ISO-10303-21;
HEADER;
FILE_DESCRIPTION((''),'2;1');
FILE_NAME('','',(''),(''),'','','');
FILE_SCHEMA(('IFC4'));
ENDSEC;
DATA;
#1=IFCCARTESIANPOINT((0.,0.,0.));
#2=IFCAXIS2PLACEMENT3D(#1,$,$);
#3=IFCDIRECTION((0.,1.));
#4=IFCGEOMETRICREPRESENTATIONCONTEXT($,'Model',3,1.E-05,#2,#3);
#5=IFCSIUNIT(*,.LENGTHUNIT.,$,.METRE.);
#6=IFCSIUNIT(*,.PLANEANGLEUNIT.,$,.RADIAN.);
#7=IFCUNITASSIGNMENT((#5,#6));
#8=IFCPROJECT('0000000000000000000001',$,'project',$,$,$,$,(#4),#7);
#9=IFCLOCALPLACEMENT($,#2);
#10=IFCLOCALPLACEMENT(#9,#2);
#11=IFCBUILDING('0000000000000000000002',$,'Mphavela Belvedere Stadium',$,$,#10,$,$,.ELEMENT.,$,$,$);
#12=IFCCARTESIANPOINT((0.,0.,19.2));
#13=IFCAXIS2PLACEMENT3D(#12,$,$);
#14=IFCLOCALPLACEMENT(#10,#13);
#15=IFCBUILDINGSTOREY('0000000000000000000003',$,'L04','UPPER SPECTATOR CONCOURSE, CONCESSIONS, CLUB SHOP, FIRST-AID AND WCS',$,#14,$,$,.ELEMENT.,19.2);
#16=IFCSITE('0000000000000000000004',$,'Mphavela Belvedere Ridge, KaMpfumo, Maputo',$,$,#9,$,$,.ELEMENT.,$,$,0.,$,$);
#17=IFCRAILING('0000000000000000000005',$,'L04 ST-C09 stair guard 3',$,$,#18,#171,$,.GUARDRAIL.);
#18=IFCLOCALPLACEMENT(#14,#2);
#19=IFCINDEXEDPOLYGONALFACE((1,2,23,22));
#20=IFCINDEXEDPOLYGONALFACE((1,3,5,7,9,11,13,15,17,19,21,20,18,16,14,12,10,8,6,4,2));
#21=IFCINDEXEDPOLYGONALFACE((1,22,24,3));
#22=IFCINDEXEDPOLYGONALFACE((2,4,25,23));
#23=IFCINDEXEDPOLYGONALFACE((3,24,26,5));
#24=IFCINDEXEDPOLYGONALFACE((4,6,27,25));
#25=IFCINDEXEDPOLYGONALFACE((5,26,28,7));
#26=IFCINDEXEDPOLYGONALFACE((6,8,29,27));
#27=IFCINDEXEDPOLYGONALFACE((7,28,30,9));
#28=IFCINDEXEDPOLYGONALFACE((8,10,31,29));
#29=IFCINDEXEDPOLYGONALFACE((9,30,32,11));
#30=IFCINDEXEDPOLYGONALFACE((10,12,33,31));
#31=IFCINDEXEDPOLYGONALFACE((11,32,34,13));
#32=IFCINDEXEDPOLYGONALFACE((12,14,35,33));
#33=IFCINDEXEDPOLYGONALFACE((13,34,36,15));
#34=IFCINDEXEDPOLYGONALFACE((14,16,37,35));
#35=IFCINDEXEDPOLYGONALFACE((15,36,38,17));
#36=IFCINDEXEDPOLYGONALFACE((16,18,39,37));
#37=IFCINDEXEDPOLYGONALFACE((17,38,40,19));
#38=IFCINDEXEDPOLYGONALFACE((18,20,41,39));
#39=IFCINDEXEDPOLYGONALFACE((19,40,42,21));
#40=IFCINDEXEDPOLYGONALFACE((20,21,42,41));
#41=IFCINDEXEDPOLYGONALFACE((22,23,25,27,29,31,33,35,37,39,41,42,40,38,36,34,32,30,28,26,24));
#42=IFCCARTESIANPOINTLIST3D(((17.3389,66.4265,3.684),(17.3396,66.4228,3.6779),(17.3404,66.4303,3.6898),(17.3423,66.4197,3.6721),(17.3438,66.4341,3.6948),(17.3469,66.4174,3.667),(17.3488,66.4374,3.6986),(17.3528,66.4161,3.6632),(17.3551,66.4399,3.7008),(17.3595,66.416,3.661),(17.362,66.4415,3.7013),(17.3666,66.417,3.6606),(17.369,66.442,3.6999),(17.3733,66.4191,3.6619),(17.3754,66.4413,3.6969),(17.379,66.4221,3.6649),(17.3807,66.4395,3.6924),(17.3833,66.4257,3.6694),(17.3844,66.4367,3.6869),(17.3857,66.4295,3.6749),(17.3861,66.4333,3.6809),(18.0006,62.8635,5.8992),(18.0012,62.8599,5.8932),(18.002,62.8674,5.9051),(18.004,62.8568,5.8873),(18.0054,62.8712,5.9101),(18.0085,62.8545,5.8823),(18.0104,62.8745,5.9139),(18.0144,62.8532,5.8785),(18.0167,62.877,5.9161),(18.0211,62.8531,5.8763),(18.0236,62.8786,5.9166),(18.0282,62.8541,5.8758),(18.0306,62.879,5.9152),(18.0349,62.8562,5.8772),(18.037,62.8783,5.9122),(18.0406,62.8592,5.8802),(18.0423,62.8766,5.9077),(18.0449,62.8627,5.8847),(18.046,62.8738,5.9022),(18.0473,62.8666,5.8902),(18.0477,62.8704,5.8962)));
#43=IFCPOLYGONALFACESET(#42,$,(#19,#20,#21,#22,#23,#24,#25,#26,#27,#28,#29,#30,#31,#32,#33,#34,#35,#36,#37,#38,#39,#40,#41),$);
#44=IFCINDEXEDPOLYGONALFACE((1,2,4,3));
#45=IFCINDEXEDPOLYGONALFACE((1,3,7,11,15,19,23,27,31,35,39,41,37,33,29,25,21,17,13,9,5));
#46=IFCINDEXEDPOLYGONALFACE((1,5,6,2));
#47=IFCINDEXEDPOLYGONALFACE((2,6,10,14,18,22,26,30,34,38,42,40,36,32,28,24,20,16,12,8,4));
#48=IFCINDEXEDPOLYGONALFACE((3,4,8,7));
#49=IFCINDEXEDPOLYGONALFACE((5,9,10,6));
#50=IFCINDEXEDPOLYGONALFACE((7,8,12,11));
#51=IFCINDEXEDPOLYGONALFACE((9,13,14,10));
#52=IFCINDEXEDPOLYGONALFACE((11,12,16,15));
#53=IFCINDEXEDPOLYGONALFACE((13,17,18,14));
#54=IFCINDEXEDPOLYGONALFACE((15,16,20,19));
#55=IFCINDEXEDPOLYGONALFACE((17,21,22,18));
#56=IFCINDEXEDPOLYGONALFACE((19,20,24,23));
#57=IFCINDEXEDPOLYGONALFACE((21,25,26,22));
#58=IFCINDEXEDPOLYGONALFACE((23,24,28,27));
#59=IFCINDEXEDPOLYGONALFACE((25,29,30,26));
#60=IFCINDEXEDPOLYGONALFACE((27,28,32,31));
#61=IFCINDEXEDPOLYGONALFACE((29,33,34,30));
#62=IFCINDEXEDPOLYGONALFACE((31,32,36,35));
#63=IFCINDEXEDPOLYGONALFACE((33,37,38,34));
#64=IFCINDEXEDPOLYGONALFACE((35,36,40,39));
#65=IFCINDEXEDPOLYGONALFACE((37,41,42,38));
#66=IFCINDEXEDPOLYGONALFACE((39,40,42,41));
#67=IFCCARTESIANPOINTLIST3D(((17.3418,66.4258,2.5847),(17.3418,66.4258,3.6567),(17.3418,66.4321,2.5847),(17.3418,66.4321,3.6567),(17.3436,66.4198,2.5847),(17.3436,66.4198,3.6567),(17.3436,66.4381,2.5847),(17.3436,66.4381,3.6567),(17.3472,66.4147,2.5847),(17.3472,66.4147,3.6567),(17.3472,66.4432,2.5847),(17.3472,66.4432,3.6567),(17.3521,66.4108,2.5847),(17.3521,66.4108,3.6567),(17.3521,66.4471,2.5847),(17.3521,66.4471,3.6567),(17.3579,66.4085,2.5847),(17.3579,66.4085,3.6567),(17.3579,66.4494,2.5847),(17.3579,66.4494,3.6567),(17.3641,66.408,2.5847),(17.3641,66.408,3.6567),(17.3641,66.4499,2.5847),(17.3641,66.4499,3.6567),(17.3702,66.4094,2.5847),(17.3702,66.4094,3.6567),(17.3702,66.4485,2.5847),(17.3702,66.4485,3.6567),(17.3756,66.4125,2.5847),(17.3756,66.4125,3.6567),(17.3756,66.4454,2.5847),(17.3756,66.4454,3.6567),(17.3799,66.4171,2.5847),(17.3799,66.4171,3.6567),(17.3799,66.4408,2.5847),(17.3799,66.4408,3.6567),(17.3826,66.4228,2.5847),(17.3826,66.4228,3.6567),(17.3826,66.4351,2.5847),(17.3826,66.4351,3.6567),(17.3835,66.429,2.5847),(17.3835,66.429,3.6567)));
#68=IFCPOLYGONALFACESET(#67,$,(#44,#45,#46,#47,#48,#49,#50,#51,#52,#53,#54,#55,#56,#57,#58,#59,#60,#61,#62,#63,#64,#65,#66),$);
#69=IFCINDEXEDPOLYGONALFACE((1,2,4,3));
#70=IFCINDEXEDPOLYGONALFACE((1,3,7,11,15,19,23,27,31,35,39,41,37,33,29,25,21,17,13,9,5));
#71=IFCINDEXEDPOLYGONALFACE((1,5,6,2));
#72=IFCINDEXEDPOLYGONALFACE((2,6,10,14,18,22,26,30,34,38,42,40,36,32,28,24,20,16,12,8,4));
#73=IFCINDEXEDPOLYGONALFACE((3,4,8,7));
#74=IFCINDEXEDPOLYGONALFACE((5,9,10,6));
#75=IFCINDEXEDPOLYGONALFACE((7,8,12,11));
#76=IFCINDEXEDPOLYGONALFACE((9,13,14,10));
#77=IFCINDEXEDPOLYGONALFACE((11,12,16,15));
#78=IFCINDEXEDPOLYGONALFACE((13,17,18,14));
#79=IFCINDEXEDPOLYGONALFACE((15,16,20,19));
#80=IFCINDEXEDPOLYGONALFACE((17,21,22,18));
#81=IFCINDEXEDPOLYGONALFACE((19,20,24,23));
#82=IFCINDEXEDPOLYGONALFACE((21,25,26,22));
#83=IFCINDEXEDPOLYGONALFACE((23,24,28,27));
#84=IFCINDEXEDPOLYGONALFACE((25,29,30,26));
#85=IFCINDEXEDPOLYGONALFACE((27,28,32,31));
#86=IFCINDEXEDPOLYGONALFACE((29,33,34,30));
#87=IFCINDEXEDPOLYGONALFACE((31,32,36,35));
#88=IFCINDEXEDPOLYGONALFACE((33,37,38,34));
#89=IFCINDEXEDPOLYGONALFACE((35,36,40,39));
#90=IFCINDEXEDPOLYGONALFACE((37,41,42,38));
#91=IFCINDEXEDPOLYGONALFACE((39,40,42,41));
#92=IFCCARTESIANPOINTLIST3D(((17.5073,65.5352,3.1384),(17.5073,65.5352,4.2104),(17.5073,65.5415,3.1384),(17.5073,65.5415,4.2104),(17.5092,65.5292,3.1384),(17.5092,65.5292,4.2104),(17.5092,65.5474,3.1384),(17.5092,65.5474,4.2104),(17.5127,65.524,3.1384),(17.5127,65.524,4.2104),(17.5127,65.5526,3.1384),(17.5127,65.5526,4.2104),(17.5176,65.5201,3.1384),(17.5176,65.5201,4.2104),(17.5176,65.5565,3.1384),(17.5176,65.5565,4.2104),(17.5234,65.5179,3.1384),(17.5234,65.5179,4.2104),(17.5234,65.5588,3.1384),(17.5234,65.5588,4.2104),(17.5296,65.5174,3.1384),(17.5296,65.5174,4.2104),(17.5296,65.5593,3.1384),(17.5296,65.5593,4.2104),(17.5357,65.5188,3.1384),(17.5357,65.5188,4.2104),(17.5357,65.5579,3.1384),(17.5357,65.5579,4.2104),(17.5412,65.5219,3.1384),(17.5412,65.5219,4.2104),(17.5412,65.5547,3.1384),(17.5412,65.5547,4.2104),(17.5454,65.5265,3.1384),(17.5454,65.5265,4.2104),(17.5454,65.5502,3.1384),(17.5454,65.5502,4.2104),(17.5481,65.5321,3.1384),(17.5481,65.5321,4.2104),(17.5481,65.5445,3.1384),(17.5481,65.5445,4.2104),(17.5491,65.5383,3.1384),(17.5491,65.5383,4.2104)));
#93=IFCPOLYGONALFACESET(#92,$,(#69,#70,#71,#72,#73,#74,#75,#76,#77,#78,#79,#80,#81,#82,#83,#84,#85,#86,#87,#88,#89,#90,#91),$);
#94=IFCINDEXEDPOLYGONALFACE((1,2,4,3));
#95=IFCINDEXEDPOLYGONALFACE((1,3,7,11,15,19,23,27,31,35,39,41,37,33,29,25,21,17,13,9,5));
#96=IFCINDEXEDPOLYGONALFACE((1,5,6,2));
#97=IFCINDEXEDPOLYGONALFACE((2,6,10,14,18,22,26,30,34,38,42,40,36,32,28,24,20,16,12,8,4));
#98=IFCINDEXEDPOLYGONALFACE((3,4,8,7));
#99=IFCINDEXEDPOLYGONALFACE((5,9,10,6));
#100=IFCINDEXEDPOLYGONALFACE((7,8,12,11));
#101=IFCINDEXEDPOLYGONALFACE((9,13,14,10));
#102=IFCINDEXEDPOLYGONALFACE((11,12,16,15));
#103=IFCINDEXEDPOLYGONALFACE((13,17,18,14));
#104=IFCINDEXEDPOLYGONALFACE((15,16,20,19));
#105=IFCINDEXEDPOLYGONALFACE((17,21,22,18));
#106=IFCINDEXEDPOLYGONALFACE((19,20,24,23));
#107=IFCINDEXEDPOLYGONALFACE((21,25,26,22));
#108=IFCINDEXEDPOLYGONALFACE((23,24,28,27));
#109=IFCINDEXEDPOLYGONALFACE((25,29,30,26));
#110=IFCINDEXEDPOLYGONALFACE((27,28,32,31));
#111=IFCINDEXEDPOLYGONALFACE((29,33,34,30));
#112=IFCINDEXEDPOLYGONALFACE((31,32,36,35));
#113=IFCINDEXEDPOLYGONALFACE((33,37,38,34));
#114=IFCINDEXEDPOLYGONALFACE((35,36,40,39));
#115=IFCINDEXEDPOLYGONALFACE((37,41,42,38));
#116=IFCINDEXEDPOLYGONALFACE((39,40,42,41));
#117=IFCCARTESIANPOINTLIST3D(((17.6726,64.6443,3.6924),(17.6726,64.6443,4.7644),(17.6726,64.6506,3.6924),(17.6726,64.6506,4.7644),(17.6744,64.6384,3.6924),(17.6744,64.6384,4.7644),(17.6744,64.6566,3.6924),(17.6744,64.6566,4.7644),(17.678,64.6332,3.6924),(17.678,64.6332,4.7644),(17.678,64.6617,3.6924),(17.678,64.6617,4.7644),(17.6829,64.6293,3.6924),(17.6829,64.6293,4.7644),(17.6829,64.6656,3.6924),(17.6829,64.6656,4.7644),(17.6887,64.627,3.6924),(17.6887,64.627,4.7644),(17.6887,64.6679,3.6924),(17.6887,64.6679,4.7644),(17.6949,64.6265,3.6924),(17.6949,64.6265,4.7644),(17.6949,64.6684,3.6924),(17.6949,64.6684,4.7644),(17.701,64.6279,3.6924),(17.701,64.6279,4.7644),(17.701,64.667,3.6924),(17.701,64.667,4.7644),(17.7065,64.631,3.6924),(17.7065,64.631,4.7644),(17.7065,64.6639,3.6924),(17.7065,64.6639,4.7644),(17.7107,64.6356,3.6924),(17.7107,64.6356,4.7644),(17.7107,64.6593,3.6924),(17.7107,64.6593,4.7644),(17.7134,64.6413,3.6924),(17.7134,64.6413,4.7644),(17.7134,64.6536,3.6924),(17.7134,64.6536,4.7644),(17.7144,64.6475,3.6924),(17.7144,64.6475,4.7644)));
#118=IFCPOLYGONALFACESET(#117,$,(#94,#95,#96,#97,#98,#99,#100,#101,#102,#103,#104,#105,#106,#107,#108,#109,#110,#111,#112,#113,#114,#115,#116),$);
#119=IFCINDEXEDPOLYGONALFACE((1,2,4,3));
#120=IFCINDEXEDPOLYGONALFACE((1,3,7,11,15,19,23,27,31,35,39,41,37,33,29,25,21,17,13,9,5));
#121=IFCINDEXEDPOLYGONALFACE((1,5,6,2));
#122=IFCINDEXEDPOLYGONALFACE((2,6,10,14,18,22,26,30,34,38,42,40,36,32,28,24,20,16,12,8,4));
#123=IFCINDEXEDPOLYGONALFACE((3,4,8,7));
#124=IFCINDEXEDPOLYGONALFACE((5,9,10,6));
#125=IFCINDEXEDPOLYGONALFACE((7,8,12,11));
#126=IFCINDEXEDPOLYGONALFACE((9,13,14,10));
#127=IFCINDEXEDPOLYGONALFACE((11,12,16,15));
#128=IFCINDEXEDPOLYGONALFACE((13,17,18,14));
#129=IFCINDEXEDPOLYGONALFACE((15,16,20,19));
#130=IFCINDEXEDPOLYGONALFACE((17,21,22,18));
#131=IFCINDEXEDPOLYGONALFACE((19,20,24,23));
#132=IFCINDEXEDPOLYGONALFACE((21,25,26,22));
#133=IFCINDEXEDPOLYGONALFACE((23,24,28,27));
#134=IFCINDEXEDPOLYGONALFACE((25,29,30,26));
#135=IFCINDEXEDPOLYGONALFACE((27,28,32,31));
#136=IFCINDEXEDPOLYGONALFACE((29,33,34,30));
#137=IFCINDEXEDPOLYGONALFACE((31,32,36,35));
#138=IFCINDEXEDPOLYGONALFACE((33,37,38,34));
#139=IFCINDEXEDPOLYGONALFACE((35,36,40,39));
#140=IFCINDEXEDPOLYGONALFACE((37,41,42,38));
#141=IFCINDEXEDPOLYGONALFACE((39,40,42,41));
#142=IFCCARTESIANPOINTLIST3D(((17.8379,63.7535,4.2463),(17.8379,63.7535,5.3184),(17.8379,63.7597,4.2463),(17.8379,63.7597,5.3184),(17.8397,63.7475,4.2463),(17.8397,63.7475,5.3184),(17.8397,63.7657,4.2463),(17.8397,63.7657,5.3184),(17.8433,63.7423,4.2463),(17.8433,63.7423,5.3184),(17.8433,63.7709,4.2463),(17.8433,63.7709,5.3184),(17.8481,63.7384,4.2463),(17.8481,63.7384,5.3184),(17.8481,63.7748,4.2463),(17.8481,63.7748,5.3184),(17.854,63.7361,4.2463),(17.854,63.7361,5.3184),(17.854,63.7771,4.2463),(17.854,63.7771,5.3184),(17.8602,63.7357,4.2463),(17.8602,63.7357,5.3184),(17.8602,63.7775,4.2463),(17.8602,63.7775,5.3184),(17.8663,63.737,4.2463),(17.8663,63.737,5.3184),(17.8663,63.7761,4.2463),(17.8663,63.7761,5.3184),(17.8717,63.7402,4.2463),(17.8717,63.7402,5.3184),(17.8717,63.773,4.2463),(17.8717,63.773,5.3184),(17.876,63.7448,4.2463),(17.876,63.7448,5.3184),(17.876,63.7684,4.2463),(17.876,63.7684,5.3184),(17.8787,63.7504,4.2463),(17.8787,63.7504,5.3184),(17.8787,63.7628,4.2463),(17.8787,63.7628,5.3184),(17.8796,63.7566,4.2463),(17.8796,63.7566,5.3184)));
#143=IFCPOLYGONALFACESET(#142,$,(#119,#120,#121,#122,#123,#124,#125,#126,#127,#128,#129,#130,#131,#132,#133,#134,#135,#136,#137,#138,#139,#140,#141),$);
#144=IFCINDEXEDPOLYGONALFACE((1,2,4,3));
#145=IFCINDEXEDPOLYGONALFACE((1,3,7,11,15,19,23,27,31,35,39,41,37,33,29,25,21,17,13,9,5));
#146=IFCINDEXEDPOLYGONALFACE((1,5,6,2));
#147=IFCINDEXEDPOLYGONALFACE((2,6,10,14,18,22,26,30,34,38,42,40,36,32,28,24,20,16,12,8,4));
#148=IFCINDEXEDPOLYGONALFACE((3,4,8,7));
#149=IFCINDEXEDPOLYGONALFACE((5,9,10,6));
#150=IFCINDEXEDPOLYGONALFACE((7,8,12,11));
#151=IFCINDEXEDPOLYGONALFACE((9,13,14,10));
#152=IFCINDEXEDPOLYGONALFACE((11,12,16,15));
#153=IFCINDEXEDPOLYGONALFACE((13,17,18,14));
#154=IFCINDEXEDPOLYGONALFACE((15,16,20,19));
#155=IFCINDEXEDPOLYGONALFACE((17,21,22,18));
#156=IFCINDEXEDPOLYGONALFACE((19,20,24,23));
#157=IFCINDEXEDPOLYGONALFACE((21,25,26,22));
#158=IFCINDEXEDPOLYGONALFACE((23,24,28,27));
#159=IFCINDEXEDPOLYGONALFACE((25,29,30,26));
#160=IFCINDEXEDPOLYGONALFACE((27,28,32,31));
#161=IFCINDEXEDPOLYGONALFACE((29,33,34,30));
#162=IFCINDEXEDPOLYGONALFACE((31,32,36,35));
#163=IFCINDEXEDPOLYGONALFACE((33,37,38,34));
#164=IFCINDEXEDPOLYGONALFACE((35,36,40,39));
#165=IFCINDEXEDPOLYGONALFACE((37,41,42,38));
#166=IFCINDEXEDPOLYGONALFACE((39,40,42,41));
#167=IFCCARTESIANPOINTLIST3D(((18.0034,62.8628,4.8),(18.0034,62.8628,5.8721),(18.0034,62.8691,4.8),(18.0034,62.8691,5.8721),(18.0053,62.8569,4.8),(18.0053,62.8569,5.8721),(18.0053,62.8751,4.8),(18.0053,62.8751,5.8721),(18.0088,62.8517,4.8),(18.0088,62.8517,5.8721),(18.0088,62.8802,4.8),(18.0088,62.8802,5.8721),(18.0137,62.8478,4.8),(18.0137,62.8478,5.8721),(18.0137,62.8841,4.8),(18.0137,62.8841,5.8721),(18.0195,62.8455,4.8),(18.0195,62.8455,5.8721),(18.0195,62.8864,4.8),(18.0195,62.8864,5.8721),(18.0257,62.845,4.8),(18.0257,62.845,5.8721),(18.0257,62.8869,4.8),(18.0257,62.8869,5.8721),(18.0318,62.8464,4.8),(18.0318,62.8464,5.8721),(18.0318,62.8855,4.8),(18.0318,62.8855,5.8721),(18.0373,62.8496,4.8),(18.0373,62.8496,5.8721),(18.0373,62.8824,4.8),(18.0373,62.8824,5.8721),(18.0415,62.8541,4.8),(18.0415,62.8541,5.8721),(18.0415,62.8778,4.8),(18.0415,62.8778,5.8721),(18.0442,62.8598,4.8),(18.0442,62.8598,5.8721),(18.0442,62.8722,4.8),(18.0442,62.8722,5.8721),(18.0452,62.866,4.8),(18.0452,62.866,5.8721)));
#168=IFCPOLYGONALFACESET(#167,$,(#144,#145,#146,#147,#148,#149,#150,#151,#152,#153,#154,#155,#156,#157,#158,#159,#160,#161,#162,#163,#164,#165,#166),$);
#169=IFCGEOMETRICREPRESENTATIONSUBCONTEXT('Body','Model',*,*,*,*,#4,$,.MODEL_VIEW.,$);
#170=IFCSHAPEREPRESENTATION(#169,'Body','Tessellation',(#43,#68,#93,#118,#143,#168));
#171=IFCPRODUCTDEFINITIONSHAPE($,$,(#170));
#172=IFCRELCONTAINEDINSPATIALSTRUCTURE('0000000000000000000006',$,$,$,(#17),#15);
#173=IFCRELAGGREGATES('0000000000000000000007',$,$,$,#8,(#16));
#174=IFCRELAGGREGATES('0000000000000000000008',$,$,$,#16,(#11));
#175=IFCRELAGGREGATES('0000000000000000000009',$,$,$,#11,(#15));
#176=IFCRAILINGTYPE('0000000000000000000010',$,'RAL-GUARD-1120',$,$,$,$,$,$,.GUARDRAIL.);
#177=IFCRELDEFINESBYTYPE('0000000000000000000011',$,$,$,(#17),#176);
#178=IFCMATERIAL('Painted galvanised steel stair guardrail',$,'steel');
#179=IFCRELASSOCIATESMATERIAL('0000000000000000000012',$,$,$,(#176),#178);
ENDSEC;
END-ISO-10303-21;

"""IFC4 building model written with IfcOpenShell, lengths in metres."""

from ifc_helpers import new_model, si_unit, direction, frame, origin, origin_2d, place, context, subcontext, project, spatial, circle, extrude, material, type_object, element, save


model = new_model("IFC4")

# Units and contexts
model_context = context("Model", 3, precision=1e-05, world=origin(), true_north=direction((0.0, 1.0)))
body_context = subcontext(model_context, "Body", "Model", "MODEL_VIEW")
ifc_project = project(units=[si_unit("LENGTHUNIT", "METRE"), si_unit("PLANEANGLEUNIT", "RADIAN")], contexts=[model_context])

# Site, building, storey
site_placement = place(None, origin())
site = spatial("IfcSite", under=ifc_project, at=site_placement, Name="Mphavela Belvedere Ridge, KaMpfumo, Maputo", CompositionType="ELEMENT", RefElevation=0.0)
building_placement = place(site_placement, origin())
building = spatial("IfcBuilding", under=site, at=building_placement, Name="Mphavela Belvedere Stadium", CompositionType="ELEMENT")
storey_placement = place(building_placement, frame((0.0, 0.0, 19.2)))
storey = spatial("IfcBuildingStorey", under=building, at=storey_placement, Name="L04", Description="UPPER SPECTATOR CONCOURSE, CONCESSIONS, CLUB SHOP, FIRST-AID AND WCS", CompositionType="ELEMENT", Elevation=19.2)

# Railing
ifc_material_1 = material(Name="Painted galvanised steel stair guardrail", Category="steel")
railing_type_1 = type_object("IfcRailingType", Name="RAL-GUARD-1120", PredefinedType="GUARDRAIL", material=ifc_material_1)
railing_1_placement = place(storey_placement, frame((17.3625, 66.429, 2.5847)))
element("IfcRailing", 1, at=railing_1_placement, inside=storey, type_object=railing_type_1, Name="L04 ST-C09 stair guard 3", PredefinedType="GUARDRAIL", context=body_context, shape_type="SweptSolid", body=[
    extrude(circle(Radius=0.0239, at=origin_2d()), frame((0.0, 0.0, 1.0962), z_axis=(0.155771, -0.838865, 0.521575), x_axis=(0.983193, 0.182572, 0.0)), (0.0, 0.0, 1.0), 4.2473),
    extrude(circle(Radius=0.021, at=origin_2d()), origin(), (0.0, 0.0, 1.0), 1.072),
    extrude(circle(Radius=0.021, at=origin_2d()), frame((0.1655, -0.8906, 0.5537)), (0.0, 0.0, 1.0), 1.072),
    extrude(circle(Radius=0.021, at=origin_2d()), frame((0.3308, -1.7815, 1.1077)), (0.0, 0.0, 1.0), 1.072),
    extrude(circle(Radius=0.021, at=origin_2d()), frame((0.4961, -2.6724, 1.6616)), (0.0, 0.0, 1.0), 1.072),
    extrude(circle(Radius=0.021, at=origin_2d()), frame((0.6616, -3.563, 2.2153)), (0.0, 0.0, 1.0), 1.072),
])

save(model, "model.ifc")
